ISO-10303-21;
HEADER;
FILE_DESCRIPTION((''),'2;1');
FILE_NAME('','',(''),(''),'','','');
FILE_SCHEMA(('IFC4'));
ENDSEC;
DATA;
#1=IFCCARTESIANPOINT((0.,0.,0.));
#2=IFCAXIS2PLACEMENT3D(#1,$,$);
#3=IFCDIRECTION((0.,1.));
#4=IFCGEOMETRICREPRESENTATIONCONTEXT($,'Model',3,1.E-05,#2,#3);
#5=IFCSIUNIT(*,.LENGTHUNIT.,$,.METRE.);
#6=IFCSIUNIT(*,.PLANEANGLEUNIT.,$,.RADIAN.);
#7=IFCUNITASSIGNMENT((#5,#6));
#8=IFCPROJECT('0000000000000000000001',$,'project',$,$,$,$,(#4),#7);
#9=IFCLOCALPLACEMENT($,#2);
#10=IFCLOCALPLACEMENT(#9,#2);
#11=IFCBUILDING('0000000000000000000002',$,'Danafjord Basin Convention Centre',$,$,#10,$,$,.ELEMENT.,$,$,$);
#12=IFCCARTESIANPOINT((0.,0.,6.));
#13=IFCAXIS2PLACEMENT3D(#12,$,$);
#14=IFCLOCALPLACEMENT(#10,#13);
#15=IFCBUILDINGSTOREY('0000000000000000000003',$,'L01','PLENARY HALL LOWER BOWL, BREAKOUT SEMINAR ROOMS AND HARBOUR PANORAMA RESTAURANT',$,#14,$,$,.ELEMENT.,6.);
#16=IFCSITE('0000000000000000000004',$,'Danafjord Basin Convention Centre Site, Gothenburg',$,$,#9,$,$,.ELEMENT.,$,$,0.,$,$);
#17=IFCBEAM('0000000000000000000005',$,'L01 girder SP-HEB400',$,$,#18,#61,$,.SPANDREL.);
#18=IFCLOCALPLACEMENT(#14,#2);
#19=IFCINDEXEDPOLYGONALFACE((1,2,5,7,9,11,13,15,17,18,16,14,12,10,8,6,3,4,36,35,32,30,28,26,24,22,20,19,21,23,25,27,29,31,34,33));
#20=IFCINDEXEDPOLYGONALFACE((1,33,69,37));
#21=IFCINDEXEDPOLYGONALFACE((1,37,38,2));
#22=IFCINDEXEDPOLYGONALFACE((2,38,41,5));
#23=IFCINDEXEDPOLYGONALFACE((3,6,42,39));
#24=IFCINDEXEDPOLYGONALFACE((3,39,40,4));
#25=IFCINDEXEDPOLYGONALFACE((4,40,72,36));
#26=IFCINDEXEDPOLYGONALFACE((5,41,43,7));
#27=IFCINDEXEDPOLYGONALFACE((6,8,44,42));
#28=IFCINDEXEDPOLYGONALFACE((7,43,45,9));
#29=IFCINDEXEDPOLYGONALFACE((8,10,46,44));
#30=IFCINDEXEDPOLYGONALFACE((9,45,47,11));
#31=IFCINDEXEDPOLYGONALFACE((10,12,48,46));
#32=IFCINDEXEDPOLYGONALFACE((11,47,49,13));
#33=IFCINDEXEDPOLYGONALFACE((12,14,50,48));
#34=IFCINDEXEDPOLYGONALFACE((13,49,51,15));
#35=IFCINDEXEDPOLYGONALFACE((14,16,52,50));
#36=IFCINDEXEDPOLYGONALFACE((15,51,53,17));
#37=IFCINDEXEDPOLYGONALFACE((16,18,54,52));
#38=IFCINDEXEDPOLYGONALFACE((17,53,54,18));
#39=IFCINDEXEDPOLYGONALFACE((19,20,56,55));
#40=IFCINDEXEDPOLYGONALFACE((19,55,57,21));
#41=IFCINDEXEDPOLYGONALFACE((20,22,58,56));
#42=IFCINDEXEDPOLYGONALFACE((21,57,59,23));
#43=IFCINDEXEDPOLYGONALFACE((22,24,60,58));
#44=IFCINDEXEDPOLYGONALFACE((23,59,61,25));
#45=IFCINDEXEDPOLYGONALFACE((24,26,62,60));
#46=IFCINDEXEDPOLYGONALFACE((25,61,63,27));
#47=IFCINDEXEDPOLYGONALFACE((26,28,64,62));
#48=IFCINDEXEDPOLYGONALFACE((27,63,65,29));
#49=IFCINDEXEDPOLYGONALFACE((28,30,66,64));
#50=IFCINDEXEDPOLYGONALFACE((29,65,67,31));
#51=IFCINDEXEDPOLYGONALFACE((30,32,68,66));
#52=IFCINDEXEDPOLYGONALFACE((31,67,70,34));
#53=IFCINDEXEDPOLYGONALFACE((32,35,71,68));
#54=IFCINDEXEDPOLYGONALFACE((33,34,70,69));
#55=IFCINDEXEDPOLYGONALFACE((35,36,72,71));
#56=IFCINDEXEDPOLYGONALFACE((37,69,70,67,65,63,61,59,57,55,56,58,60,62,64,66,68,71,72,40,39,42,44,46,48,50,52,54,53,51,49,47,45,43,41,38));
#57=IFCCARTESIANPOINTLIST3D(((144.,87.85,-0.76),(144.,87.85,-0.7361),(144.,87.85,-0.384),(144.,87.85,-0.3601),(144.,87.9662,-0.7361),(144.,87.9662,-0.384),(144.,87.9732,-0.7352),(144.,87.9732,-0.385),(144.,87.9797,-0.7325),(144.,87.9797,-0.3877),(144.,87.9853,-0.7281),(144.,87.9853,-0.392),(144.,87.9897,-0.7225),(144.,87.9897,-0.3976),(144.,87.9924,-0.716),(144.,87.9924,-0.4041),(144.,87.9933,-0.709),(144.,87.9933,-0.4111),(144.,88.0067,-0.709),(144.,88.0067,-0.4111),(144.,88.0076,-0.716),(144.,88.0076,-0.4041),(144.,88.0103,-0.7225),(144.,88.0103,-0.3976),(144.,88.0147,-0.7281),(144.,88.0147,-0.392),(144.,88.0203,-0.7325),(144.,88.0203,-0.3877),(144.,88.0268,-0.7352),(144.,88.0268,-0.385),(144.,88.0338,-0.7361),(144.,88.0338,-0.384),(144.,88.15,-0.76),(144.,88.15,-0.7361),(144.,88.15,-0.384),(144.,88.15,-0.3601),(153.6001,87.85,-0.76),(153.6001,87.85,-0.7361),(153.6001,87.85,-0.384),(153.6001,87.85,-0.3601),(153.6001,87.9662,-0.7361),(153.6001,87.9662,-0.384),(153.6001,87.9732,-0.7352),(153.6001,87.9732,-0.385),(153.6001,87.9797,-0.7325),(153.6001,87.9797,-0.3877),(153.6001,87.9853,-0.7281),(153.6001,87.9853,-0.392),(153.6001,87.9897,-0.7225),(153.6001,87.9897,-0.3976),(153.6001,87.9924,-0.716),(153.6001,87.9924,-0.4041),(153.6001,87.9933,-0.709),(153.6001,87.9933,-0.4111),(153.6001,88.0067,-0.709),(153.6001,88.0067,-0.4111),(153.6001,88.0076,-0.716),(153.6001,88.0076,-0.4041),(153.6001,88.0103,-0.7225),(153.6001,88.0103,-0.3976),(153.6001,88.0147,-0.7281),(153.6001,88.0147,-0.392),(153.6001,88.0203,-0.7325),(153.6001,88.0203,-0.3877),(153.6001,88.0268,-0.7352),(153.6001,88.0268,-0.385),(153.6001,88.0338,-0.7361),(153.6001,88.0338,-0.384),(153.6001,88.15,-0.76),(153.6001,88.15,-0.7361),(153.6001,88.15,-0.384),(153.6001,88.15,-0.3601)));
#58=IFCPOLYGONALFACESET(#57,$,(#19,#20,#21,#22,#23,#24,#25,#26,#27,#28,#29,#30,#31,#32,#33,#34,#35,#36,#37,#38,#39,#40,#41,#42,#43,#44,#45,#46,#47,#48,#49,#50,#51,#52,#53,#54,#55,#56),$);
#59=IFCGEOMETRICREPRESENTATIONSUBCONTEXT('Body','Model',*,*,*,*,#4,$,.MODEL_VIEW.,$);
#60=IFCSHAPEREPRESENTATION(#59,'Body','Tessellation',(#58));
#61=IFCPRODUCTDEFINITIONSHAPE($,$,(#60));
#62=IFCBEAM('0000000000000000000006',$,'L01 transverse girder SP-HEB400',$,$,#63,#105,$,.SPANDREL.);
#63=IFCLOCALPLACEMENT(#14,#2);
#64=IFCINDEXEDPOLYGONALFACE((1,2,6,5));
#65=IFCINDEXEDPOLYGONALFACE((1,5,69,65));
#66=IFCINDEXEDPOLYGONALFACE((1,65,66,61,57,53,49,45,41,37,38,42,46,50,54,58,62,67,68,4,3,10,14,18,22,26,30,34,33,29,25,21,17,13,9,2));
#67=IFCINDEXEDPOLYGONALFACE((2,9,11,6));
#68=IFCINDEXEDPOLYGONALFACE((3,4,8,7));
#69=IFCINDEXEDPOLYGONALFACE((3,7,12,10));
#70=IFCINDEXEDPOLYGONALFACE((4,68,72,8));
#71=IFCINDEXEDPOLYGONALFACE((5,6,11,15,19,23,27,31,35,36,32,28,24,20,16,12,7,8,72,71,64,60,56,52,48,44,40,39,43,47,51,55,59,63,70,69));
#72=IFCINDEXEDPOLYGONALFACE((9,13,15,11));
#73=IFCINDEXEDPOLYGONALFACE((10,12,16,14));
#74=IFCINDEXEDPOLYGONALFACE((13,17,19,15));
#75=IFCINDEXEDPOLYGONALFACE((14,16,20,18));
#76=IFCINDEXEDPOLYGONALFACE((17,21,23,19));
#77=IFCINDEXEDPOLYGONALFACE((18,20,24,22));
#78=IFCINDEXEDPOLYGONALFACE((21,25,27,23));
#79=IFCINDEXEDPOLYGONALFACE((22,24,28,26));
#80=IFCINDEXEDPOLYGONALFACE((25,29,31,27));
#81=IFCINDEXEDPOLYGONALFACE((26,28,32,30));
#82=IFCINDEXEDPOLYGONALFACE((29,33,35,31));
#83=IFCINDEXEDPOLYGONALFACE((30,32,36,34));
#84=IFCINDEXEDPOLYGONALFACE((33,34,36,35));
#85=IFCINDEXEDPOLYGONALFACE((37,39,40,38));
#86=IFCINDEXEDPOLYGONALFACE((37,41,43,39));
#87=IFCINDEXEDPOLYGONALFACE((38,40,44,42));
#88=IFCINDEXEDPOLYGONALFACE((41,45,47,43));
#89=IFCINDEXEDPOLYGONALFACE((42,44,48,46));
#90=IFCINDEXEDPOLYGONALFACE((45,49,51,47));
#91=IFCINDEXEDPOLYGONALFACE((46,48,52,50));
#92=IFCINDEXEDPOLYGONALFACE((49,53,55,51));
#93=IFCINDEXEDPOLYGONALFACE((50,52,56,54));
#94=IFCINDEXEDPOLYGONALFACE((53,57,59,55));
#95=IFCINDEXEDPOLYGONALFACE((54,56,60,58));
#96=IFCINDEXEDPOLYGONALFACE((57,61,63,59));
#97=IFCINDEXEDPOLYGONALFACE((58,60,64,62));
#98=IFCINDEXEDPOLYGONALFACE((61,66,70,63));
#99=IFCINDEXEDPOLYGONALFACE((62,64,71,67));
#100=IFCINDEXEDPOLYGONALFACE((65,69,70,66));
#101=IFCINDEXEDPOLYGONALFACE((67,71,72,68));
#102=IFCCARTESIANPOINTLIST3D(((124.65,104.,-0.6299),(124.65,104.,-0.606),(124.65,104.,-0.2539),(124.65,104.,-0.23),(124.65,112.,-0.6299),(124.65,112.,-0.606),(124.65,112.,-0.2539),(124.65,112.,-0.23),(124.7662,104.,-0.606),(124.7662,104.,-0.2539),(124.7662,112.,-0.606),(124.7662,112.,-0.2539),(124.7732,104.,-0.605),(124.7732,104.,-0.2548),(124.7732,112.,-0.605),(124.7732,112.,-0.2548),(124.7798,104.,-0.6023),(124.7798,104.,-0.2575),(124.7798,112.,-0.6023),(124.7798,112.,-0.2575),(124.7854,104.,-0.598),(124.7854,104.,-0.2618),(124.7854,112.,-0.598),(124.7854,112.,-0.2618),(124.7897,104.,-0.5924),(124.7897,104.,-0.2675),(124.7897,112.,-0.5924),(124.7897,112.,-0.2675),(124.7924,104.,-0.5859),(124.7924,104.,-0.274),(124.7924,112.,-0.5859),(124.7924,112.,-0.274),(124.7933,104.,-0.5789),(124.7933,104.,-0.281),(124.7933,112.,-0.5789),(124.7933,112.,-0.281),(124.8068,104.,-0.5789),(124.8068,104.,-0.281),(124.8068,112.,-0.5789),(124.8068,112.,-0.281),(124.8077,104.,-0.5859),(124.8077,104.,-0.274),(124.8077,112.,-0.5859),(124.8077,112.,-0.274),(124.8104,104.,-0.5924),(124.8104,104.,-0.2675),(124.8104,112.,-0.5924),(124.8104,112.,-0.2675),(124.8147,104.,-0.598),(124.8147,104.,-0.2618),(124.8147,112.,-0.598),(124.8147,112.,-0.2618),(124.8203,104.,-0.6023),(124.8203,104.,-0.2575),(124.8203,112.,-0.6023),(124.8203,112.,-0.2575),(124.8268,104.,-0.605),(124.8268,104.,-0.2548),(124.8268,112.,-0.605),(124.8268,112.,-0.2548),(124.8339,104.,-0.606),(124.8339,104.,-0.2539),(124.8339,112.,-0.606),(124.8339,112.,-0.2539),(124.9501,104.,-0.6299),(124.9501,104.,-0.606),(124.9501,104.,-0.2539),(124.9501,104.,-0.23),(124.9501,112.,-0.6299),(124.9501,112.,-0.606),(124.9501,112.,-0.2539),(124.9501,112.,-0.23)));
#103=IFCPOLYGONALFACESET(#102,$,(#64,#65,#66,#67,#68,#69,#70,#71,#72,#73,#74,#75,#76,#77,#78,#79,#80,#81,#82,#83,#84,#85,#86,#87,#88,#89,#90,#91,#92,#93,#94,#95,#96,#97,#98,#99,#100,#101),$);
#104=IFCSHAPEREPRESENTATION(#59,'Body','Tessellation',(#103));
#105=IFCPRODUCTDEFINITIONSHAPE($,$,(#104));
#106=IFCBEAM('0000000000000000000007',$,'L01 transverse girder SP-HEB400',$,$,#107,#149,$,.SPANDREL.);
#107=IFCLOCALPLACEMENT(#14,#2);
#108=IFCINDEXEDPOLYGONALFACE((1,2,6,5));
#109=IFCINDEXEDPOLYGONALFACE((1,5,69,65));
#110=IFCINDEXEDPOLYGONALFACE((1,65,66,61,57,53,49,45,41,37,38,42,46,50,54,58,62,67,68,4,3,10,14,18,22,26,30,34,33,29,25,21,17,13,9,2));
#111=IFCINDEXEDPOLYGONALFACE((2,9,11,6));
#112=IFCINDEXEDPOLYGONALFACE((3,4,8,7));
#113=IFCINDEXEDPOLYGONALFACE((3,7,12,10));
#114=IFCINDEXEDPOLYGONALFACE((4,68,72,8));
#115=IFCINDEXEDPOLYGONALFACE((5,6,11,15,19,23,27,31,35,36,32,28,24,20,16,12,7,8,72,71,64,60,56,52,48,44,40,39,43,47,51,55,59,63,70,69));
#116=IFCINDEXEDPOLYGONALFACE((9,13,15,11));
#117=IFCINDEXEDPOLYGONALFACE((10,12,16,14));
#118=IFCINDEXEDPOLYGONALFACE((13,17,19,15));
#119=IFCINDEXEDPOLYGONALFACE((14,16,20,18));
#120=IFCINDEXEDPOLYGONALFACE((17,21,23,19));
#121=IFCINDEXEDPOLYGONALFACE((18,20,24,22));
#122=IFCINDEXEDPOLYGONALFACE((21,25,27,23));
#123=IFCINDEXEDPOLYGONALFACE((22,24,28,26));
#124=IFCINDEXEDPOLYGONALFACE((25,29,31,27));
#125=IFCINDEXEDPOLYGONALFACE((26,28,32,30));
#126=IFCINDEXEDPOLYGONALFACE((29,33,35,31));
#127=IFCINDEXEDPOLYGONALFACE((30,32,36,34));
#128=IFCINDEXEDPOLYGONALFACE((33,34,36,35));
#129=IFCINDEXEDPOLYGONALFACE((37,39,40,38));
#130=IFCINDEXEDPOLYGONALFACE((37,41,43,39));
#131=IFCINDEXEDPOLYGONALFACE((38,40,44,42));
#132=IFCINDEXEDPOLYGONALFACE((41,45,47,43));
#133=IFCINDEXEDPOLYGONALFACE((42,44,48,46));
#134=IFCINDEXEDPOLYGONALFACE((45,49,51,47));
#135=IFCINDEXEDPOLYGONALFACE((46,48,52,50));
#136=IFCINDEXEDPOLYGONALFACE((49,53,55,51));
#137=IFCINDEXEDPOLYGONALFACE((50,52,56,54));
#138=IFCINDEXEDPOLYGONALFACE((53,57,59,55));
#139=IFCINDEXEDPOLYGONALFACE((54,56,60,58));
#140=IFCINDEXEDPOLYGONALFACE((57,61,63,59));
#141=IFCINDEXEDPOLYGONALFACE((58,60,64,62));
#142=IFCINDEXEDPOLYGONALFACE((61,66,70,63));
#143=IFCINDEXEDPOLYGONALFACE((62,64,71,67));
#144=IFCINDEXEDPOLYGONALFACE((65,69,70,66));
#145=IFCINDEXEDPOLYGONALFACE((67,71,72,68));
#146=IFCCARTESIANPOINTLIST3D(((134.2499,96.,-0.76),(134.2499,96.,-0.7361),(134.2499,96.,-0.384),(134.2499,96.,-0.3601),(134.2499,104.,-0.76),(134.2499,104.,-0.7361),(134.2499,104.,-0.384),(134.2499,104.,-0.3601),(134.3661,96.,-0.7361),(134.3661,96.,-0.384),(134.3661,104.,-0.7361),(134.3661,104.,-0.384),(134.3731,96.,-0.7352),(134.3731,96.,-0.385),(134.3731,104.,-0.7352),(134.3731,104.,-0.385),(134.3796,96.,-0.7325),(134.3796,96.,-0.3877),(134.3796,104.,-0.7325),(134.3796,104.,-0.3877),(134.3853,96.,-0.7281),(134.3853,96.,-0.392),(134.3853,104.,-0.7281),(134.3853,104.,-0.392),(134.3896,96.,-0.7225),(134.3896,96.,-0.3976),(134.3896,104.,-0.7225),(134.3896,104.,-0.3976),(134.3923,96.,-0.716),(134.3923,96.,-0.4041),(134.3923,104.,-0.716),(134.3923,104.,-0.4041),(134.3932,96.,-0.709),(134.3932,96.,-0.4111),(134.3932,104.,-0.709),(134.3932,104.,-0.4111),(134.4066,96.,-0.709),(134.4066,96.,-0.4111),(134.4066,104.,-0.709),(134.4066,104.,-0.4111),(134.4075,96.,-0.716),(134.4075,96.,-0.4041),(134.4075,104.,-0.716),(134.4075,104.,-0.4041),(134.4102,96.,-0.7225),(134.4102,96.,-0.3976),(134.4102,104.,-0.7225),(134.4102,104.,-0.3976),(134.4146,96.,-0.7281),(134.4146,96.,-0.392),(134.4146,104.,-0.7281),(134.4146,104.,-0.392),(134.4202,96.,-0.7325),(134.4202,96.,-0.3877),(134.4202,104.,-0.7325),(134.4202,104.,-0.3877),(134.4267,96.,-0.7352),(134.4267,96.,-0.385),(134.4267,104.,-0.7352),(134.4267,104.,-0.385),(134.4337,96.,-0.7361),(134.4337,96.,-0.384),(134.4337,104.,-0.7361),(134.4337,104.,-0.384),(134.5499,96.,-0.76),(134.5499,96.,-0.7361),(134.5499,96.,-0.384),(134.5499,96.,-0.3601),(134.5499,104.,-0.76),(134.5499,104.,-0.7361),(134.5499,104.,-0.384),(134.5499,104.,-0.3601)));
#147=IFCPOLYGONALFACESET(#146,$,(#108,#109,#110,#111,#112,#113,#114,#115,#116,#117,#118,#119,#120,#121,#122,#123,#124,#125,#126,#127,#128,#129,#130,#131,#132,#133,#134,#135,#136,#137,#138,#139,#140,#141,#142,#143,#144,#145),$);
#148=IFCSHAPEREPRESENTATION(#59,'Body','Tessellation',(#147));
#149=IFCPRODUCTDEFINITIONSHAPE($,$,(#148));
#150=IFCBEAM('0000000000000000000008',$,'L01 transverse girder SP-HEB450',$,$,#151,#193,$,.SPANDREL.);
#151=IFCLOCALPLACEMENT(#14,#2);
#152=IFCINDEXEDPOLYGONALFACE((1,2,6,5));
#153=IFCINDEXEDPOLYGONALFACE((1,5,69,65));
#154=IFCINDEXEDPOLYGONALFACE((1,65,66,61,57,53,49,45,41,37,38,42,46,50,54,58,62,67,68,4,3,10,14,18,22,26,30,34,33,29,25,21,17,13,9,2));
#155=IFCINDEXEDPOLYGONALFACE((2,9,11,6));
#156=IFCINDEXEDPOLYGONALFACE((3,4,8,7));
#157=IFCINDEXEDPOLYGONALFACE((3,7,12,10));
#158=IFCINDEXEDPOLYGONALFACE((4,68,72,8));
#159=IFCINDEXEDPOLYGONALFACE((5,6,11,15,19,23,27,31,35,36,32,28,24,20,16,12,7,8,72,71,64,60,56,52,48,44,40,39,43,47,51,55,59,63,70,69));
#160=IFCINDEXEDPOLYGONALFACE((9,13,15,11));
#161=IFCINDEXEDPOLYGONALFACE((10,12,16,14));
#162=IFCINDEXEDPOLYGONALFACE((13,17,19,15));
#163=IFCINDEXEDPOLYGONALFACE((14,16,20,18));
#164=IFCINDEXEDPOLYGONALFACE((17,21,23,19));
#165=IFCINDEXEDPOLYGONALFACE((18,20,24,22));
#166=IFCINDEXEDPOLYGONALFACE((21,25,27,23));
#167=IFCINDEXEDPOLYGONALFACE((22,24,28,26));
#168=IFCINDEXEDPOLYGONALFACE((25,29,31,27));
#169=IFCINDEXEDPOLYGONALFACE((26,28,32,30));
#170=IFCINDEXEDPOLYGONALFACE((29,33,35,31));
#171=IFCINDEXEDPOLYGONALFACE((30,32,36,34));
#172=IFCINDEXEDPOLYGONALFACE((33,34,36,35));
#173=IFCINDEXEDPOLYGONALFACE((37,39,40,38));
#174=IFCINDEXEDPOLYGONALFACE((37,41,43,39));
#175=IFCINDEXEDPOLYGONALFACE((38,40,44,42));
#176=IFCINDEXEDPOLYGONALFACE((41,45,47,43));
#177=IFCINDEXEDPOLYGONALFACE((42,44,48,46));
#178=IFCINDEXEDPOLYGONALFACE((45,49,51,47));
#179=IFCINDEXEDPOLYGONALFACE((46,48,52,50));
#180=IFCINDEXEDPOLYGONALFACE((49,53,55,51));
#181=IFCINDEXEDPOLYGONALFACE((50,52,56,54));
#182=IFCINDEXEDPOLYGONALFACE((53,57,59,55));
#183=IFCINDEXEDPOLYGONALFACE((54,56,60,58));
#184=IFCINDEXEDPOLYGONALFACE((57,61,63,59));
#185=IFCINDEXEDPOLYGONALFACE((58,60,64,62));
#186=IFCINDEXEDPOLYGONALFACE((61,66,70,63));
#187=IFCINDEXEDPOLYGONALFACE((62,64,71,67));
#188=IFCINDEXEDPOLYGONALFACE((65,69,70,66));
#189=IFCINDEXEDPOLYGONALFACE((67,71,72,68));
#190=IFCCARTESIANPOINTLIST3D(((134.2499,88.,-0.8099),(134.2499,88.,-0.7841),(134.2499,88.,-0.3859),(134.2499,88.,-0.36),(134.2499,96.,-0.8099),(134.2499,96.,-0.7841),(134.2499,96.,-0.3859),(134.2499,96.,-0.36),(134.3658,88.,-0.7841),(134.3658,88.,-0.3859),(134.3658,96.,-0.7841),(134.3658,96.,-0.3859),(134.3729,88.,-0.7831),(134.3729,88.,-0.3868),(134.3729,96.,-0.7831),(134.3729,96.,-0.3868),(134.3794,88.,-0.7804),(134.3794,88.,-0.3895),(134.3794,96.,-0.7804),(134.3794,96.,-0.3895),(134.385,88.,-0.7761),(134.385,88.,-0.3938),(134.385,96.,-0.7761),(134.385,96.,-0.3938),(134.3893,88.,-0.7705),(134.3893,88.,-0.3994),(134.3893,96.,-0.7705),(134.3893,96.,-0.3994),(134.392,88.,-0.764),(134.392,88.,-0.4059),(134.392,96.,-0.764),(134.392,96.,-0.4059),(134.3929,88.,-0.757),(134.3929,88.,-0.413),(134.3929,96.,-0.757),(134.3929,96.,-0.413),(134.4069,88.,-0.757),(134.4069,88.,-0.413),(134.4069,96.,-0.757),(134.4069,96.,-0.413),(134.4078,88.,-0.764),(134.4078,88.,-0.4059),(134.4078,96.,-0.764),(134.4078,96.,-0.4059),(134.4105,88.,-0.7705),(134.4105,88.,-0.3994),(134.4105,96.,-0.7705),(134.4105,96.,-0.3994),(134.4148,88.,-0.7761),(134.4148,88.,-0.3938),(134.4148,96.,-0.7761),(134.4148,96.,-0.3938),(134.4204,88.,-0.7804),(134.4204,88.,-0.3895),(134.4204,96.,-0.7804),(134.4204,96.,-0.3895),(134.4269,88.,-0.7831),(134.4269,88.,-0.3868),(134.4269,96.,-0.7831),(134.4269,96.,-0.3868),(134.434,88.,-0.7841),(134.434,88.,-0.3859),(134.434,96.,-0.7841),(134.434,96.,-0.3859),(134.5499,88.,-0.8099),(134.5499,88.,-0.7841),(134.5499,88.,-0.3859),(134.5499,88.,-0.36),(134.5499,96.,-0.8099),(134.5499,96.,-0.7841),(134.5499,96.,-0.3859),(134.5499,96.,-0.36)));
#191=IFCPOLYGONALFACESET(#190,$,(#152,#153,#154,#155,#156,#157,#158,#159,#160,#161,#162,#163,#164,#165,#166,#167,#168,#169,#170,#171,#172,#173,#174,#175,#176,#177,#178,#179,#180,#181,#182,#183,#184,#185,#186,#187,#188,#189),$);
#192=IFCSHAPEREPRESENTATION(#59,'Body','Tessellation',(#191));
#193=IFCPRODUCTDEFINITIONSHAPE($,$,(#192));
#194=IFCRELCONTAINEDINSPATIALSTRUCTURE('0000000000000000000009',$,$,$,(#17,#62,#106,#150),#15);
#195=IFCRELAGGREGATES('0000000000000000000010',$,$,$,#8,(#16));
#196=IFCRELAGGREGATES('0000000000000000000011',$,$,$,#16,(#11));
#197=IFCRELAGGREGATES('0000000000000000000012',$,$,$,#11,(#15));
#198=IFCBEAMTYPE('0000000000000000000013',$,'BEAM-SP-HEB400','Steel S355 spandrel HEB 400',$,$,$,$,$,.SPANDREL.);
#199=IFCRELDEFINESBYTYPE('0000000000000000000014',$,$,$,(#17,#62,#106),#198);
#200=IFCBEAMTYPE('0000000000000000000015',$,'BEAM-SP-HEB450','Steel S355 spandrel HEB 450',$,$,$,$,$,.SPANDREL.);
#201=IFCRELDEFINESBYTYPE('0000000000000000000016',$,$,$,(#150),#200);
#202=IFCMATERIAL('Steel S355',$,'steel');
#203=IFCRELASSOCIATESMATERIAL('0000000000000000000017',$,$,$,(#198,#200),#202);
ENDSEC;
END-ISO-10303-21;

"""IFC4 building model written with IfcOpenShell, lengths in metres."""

from ifc_helpers import new_model, si_unit, direction, frame, origin, origin_2d, place, context, subcontext, project, spatial, i_section, extrude, material, material_profile, profile_set, type_object, element, save


model = new_model("IFC4")

# Units and contexts
model_context = context("Model", 3, precision=1e-05, world=origin(), true_north=direction((0.0, 1.0)))
body_context = subcontext(model_context, "Body", "Model", "MODEL_VIEW")
ifc_project = project(units=[si_unit("LENGTHUNIT", "METRE"), si_unit("PLANEANGLEUNIT", "RADIAN")], contexts=[model_context])

# Site, building, storey
site_placement = place(None, origin())
site = spatial("IfcSite", under=ifc_project, at=site_placement, Name="Danafjord Basin Convention Centre Site, Gothenburg", CompositionType="ELEMENT", RefElevation=0.0)
building_placement = place(site_placement, origin())
building = spatial("IfcBuilding", under=site, at=building_placement, Name="Danafjord Basin Convention Centre", CompositionType="ELEMENT")
storey_placement = place(building_placement, frame((0.0, 0.0, 6.0)))
storey = spatial("IfcBuildingStorey", under=building, at=storey_placement, Name="L01", Description="PLENARY HALL LOWER BOWL, BREAKOUT SEMINAR ROOMS AND HARBOUR PANORAMA RESTAURANT", CompositionType="ELEMENT", Elevation=6.0)

# Shared definitions
ifc_material_1 = material(Name="Steel S355", Category="steel")

# Beams
ifc_material_profile_1 = material_profile(ifc_material_1, i_section(OverallWidth=0.3, OverallDepth=0.3999, WebThickness=0.0134, FlangeThickness=0.0239, FilletRadius=0.0271, at=origin_2d()), Name="HEB 400")
ifc_profile_set_1 = profile_set([ifc_material_profile_1], Name="Steel S355")
beam_type_1 = type_object("IfcBeamType", Name="BEAM-SP-HEB400", Description="Steel S355 spandrel HEB 400", PredefinedType="SPANDREL", material=ifc_profile_set_1)
beam_1_placement = place(storey_placement, frame((144.0, 88.0, -0.5601), z_axis=(1.0, 0.0, 0.0), x_axis=(0.0, 1.0, 0.0)))
element("IfcBeam", 1, at=beam_1_placement, inside=storey, type_object=beam_type_1, Name="L01 girder SP-HEB400", PredefinedType="SPANDREL", context=body_context, shape_type="SweptSolid", body=[
    extrude(i_section(OverallWidth=0.3, OverallDepth=0.3999, WebThickness=0.0134, FlangeThickness=0.0239, FilletRadius=0.0271, at=origin_2d()), origin(), (0.0, 0.0, 1.0), 9.6001),
])
for number, where, z_axis, x_axis, name in (
    (2, (124.8, 104.0, -0.4299), (0.0, 1.0, 0.0), (-1.0, 0.0, 0.0), "L01 transverse girder SP-HEB400"),
    (3, (134.3999, 96.0, -0.5601), (0.0, 1.0, 0.0), (-1.0, 0.0, 0.0), "L01 transverse girder SP-HEB400"),
):
    element("IfcBeam", number, at=place(storey_placement, frame(where, z_axis=z_axis, x_axis=x_axis)), inside=storey, type_object=beam_type_1, Name=name, PredefinedType="SPANDREL", context=body_context, shape_type="SweptSolid", body=[
        extrude(i_section(OverallWidth=0.3, OverallDepth=0.3999, WebThickness=0.0134, FlangeThickness=0.0239, FilletRadius=0.0271, at=origin_2d()), origin(), (0.0, 0.0, 1.0), 8.0),
    ])
ifc_material_profile_2 = material_profile(ifc_material_1, i_section(OverallWidth=0.3, OverallDepth=0.45, WebThickness=0.0139, FlangeThickness=0.0259, FilletRadius=0.0271, at=origin_2d()), Name="HEB 450")
ifc_profile_set_2 = profile_set([ifc_material_profile_2], Name="Steel S355")
beam_type_2 = type_object("IfcBeamType", Name="BEAM-SP-HEB450", Description="Steel S355 spandrel HEB 450", PredefinedType="SPANDREL", material=ifc_profile_set_2)
beam_2_placement = place(storey_placement, frame((134.3999, 88.0, -0.585), z_axis=(0.0, 1.0, 0.0), x_axis=(-1.0, 0.0, 0.0)))
element("IfcBeam", 4, at=beam_2_placement, inside=storey, type_object=beam_type_2, Name="L01 transverse girder SP-HEB450", PredefinedType="SPANDREL", context=body_context, shape_type="SweptSolid", body=[
    extrude(i_section(OverallWidth=0.3, OverallDepth=0.45, WebThickness=0.0139, FlangeThickness=0.0259, FilletRadius=0.0271, at=origin_2d()), origin(), (0.0, 0.0, 1.0), 8.0),
])

save(model, "model.ifc")
